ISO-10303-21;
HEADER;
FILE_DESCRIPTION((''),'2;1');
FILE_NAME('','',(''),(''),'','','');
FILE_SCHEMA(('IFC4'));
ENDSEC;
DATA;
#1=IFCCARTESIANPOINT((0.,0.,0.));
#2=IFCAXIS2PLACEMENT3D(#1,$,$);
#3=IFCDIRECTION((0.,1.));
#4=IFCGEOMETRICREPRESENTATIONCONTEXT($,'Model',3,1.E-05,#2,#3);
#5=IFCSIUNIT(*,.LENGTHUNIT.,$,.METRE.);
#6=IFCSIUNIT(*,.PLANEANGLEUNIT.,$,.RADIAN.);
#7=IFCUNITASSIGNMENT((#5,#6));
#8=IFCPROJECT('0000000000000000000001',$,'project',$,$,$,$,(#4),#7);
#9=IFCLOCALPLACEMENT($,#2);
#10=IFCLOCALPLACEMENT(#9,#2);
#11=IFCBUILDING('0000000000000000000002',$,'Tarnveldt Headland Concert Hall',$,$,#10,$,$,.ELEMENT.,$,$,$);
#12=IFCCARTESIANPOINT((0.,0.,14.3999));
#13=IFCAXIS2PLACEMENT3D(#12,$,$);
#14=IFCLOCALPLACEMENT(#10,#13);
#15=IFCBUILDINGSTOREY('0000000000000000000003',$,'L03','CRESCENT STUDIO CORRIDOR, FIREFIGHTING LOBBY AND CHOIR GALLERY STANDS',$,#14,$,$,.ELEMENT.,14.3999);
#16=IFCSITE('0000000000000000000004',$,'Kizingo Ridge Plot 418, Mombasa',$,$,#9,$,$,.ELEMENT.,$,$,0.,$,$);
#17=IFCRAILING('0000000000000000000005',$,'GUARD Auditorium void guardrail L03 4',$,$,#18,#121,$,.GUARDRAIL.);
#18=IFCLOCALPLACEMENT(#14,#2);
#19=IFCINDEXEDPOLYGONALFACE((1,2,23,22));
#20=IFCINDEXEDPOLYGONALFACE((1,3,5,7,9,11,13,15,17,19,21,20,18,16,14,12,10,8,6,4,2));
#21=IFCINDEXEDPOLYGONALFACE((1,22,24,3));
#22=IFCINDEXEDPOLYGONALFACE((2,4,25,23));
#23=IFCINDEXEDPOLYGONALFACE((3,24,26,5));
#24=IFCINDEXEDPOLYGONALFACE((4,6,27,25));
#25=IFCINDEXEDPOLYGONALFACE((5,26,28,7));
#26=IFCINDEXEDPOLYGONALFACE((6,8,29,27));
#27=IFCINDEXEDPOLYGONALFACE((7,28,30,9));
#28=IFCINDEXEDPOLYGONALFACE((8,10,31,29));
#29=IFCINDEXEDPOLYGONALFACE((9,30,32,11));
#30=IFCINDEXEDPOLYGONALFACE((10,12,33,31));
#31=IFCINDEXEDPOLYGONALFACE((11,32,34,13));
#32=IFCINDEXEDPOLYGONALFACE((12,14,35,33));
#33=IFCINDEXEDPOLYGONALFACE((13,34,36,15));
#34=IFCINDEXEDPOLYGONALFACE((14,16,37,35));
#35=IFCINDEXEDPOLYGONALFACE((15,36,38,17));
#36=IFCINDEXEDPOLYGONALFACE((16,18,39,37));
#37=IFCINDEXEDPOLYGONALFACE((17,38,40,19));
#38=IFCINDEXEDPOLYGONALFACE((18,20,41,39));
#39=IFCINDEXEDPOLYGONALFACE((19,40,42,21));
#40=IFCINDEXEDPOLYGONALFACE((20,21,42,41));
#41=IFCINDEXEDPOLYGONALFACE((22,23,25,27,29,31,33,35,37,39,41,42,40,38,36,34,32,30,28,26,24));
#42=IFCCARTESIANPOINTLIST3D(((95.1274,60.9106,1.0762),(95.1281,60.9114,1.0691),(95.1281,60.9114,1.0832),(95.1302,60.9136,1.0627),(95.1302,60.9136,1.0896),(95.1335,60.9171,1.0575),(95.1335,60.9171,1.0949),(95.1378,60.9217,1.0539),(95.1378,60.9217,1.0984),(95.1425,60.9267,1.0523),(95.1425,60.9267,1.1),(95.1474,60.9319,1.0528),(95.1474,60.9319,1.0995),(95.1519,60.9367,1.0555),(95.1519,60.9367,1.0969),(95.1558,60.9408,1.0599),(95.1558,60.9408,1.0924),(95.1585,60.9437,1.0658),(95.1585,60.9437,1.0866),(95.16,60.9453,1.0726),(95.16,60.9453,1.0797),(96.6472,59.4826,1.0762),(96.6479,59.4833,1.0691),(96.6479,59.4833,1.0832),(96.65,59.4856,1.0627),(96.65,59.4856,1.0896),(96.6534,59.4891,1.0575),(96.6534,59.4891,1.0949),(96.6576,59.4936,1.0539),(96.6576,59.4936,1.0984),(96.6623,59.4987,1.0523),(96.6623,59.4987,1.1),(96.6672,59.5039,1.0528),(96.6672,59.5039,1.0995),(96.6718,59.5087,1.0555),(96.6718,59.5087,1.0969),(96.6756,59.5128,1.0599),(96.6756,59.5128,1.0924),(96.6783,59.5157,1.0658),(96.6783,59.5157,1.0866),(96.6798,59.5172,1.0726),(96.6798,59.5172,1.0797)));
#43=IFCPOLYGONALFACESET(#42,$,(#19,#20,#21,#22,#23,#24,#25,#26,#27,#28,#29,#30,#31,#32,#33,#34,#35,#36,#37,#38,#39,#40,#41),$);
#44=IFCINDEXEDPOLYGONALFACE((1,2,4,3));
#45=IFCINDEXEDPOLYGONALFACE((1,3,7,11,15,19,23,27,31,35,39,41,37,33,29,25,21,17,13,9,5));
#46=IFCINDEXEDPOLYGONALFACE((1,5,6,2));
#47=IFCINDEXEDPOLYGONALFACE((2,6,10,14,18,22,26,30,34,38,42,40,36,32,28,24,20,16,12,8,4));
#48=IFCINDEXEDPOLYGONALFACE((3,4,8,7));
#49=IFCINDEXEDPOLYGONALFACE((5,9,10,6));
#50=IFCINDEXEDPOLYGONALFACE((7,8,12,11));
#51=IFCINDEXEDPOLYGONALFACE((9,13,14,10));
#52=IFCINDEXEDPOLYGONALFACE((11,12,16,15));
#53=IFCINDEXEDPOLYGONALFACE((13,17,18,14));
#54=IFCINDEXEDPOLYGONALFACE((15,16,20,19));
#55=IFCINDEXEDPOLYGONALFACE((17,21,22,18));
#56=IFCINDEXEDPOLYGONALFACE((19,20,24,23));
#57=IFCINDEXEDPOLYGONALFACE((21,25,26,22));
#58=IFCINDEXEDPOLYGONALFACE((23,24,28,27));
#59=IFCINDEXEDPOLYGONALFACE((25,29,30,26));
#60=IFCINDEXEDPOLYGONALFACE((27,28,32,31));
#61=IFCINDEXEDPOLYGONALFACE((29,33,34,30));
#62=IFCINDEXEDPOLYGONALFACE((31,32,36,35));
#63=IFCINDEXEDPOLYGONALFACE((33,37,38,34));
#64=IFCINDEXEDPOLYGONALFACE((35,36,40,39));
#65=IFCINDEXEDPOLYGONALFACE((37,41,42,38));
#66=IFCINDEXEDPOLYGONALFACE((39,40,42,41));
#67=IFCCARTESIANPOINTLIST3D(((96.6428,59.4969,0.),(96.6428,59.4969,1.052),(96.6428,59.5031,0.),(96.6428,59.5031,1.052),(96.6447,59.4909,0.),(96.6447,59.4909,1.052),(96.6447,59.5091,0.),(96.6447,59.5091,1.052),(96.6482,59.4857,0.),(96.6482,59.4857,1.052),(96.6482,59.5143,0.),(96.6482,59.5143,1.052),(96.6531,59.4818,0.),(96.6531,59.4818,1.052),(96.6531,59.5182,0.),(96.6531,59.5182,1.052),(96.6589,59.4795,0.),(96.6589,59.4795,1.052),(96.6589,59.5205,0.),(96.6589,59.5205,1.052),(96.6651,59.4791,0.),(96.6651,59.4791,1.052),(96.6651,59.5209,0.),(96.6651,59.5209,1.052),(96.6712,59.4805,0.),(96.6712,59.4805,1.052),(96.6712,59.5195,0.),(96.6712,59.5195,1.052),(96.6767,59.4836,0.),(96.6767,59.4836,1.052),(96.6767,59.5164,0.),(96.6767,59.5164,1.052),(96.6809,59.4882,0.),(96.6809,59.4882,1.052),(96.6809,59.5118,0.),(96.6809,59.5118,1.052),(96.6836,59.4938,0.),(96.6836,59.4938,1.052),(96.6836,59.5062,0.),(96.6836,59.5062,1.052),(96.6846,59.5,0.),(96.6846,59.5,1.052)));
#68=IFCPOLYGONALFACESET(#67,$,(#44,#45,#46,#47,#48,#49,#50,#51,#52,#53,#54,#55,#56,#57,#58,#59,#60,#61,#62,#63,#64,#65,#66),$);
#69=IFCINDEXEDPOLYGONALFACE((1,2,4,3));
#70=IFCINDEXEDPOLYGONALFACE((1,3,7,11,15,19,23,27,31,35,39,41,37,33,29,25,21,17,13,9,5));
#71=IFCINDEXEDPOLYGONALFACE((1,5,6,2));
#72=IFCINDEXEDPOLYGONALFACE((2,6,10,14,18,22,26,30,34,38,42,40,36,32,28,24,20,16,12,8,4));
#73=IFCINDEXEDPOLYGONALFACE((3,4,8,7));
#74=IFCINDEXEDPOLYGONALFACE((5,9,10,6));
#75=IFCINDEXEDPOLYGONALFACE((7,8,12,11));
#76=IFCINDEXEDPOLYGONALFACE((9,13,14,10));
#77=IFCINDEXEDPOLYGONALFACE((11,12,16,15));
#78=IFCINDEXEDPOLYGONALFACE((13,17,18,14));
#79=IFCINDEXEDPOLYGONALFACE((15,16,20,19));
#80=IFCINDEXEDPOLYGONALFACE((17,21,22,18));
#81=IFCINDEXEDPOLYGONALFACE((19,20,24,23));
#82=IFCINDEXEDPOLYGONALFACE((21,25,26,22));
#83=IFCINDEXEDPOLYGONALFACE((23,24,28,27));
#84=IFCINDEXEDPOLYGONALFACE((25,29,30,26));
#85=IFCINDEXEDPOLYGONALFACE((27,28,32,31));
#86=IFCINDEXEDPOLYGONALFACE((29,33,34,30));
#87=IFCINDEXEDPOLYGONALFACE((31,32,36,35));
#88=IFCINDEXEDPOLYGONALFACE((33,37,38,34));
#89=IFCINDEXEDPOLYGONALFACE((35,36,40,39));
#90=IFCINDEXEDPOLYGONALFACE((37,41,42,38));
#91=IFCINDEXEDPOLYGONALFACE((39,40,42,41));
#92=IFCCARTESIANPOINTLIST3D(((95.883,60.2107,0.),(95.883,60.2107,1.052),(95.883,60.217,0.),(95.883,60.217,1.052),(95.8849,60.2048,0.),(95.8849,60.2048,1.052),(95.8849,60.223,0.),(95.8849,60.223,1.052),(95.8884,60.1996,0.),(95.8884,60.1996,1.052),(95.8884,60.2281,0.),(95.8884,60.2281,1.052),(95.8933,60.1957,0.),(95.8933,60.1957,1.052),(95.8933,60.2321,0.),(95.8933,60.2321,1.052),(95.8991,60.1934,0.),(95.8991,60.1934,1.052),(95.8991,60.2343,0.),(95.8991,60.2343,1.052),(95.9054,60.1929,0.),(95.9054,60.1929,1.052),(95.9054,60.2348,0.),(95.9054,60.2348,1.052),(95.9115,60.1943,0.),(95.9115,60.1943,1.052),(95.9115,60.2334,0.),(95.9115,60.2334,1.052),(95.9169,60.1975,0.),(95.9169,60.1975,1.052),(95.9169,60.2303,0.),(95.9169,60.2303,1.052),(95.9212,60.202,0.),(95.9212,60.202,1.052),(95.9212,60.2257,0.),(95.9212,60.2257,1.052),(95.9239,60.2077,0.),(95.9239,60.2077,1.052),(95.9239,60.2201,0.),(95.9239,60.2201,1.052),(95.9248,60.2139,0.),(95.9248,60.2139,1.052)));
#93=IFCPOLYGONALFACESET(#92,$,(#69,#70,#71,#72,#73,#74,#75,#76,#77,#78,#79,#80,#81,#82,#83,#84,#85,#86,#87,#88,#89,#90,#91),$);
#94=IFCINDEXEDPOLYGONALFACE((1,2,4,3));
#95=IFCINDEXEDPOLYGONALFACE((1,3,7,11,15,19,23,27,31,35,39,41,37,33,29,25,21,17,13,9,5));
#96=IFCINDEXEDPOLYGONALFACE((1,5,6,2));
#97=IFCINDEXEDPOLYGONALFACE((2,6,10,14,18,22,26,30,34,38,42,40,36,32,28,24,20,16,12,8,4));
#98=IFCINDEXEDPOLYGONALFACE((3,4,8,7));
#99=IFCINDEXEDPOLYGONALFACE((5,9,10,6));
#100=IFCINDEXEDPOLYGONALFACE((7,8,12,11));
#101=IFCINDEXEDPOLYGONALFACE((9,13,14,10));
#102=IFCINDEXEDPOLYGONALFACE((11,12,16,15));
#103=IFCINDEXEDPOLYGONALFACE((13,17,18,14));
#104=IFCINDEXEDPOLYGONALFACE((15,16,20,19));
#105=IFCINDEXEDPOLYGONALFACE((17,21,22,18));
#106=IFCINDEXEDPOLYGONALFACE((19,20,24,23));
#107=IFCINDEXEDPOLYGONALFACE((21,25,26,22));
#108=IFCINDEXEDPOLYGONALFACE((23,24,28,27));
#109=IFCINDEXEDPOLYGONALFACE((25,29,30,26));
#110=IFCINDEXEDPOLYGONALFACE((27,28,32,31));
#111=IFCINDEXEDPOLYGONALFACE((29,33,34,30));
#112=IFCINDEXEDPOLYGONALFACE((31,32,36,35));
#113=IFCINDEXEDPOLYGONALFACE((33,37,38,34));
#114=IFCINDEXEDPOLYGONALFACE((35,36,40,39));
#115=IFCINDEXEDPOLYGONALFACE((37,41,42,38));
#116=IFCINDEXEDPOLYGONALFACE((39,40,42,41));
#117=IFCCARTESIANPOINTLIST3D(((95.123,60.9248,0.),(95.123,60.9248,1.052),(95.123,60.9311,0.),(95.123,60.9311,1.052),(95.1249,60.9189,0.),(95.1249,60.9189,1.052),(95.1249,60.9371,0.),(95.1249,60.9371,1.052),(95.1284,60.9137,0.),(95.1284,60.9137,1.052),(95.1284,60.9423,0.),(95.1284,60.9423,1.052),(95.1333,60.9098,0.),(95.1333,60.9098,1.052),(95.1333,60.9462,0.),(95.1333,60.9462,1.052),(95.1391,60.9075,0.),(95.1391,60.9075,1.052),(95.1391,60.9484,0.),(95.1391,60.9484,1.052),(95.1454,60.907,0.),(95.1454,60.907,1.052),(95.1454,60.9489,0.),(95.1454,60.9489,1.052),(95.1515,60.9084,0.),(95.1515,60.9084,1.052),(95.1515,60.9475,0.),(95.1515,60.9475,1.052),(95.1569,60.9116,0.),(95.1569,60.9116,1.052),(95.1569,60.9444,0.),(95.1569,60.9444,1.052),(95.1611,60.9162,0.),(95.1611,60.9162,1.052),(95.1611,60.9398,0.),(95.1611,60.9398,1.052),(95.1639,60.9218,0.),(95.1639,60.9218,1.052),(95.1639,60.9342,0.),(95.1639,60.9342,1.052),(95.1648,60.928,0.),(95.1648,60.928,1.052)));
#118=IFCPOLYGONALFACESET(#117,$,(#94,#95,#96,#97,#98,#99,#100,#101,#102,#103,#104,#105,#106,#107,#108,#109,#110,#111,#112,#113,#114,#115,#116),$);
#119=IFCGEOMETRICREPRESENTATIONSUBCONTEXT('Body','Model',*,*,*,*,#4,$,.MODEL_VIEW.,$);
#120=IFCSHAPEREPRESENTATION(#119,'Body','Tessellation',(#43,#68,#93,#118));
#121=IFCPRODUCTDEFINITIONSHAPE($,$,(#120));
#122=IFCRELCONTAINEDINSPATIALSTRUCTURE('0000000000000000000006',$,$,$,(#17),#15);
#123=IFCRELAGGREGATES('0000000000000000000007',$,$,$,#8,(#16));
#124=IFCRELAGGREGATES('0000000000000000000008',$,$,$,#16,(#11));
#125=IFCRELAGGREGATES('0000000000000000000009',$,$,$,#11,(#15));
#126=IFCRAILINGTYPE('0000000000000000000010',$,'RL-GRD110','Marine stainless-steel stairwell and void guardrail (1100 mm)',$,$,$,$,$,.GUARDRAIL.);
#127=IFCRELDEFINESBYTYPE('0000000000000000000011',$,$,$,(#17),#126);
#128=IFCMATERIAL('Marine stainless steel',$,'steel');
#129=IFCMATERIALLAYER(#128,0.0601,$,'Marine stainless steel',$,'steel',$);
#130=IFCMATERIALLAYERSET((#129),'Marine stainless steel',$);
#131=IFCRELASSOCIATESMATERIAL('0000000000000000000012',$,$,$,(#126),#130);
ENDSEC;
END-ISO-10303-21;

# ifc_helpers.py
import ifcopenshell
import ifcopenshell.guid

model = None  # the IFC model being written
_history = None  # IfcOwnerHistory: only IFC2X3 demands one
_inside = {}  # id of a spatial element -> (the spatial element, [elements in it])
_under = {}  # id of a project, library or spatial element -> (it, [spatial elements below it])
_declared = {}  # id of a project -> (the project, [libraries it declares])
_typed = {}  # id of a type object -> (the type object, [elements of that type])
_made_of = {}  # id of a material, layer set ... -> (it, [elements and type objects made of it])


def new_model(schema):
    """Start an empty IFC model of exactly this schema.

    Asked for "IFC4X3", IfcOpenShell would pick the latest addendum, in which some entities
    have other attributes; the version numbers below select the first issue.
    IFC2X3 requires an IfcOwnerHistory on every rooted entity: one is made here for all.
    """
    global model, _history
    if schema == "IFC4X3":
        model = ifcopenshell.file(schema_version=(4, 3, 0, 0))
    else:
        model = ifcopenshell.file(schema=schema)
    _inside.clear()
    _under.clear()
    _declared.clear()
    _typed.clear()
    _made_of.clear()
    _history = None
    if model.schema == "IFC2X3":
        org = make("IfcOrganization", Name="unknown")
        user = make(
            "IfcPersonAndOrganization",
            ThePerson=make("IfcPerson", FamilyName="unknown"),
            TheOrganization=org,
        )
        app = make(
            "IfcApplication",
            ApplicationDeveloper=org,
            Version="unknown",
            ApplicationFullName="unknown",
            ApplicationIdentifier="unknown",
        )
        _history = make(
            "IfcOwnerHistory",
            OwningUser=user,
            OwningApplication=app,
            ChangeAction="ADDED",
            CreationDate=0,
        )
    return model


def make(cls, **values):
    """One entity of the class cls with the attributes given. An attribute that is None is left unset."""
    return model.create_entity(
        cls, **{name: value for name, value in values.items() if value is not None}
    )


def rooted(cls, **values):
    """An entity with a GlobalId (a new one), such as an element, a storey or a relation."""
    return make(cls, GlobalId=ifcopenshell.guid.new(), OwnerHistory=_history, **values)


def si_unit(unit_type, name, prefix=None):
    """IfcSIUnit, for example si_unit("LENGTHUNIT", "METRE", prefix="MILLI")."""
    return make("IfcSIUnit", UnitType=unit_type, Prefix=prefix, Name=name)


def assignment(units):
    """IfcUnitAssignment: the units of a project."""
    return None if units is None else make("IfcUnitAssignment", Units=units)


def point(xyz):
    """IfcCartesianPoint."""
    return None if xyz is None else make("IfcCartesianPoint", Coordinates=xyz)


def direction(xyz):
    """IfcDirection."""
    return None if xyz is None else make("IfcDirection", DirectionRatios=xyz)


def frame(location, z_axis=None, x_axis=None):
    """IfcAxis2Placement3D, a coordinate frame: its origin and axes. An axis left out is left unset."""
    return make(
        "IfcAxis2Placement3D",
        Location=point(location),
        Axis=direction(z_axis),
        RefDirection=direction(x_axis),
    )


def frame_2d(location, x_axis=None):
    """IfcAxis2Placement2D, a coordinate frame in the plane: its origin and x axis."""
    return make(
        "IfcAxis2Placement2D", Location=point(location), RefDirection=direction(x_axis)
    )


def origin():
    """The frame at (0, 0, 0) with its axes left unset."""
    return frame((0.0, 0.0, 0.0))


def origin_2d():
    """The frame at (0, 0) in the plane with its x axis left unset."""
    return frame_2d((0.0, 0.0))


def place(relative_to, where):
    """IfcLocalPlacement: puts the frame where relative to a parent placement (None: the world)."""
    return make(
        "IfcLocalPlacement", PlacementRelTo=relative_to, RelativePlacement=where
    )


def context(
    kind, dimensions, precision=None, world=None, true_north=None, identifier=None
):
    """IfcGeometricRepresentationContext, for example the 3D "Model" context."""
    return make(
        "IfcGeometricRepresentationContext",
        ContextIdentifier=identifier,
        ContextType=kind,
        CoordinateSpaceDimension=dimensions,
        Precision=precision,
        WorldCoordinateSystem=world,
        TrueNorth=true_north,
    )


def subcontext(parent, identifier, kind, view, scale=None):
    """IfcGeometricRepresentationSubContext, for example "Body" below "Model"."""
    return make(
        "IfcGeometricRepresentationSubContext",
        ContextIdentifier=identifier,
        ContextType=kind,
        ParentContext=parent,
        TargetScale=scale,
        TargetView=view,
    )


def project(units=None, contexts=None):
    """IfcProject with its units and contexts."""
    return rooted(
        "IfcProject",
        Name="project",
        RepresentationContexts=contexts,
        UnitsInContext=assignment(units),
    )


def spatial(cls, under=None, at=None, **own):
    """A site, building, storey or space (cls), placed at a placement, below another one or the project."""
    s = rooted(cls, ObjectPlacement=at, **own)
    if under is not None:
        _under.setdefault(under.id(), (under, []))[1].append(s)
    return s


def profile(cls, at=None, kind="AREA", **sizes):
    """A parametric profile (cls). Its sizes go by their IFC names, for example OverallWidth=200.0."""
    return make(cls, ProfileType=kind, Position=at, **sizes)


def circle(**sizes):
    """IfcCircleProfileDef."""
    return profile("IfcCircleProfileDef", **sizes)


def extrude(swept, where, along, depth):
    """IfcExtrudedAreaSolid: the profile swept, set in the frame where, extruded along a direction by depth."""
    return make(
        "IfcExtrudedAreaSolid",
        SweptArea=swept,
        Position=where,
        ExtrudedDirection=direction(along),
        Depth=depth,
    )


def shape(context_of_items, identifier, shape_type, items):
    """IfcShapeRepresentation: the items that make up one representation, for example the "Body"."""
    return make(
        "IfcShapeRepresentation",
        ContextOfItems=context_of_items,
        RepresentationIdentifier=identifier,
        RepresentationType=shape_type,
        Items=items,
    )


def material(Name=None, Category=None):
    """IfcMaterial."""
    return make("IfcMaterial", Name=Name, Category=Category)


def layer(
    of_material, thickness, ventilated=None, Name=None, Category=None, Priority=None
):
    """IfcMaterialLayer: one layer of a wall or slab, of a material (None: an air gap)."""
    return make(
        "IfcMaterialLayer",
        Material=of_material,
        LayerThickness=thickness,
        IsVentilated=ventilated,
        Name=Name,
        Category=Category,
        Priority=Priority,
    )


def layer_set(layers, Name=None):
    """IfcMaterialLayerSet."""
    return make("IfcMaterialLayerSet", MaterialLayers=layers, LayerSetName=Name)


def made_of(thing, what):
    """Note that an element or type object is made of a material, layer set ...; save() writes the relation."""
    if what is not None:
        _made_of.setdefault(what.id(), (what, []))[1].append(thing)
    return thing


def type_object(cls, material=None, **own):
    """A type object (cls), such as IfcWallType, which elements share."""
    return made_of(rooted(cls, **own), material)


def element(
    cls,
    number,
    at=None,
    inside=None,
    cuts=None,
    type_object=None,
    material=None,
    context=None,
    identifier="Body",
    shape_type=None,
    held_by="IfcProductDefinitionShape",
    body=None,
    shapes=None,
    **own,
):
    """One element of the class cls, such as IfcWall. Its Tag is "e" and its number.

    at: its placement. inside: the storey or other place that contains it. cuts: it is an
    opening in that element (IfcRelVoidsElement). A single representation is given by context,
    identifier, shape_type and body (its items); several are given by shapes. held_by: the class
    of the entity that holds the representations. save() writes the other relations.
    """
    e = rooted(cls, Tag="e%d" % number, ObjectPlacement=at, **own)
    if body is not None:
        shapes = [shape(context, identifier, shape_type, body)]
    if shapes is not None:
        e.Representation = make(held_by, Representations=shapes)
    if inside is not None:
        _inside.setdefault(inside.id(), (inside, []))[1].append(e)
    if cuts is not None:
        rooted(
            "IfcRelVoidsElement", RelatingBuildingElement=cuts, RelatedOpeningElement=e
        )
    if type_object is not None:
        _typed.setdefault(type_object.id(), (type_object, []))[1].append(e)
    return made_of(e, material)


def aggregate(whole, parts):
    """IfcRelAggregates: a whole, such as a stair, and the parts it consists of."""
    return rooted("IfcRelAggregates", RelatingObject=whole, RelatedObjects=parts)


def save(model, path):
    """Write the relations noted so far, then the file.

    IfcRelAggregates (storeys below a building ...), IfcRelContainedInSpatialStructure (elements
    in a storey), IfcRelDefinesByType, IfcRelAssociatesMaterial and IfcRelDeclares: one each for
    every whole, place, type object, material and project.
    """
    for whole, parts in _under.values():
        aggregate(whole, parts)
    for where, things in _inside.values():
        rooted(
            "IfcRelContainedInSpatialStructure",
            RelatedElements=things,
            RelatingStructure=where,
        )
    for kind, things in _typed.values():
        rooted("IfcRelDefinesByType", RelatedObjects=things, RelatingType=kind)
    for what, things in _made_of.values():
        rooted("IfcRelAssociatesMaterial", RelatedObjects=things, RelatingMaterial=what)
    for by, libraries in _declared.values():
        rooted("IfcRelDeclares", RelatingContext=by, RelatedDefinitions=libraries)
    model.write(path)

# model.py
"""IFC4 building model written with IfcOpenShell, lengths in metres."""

from ifc_helpers import new_model, si_unit, direction, frame, origin, origin_2d, place, context, subcontext, project, spatial, circle, extrude, material, layer, layer_set, type_object, element, save


model = new_model("IFC4")

# Units and contexts
model_context = context("Model", 3, precision=1e-05, world=origin(), true_north=direction((0.0, 1.0)))
body_context = subcontext(model_context, "Body", "Model", "MODEL_VIEW")
ifc_project = project(units=[si_unit("LENGTHUNIT", "METRE"), si_unit("PLANEANGLEUNIT", "RADIAN")], contexts=[model_context])

# Site, building, storey
site_placement = place(None, origin())
site = spatial("IfcSite", under=ifc_project, at=site_placement, Name="Kizingo Ridge Plot 418, Mombasa", CompositionType="ELEMENT", RefElevation=0.0)
building_placement = place(site_placement, origin())
building = spatial("IfcBuilding", under=site, at=building_placement, Name="Tarnveldt Headland Concert Hall", CompositionType="ELEMENT")
storey_placement = place(building_placement, frame((0.0, 0.0, 14.3999)))
storey = spatial("IfcBuildingStorey", under=building, at=storey_placement, Name="L03", Description="CRESCENT STUDIO CORRIDOR, FIREFIGHTING LOBBY AND CHOIR GALLERY STANDS", CompositionType="ELEMENT", Elevation=14.3999)

# Railing
ifc_material_1 = material(Name="Marine stainless steel", Category="steel")
ifc_layer_1 = layer(ifc_material_1, 0.0601, Name="Marine stainless steel", Category="steel")
ifc_layer_set_1 = layer_set([ifc_layer_1], Name="Marine stainless steel")
railing_type = type_object("IfcRailingType", Name="RL-GRD110", Description="Marine stainless-steel stairwell and void guardrail (1100 mm)", PredefinedType="GUARDRAIL", material=ifc_layer_set_1)
railing_1_placement = place(storey_placement, frame((96.6636, 59.5, 0.0)))
element("IfcRailing", 1, at=railing_1_placement, inside=storey, type_object=railing_type, Name="GUARD Auditorium void guardrail L03 4", PredefinedType="GUARDRAIL", context=body_context, shape_type="SweptSolid", body=[
    extrude(circle(Radius=0.0239, at=origin_2d()), frame((0.0, 0.0, 1.0762), z_axis=(-0.728774, 0.684755, 0.0), x_axis=(-0.684755, -0.728774, 0.0)), (0.0, 0.0, 1.0), 2.0854),
    extrude(circle(Radius=0.021, at=origin_2d()), origin(), (0.0, 0.0, 1.0), 1.052),
    extrude(circle(Radius=0.021, at=origin_2d()), frame((-0.7598, 0.7139, 0.0)), (0.0, 0.0, 1.0), 1.052),
    extrude(circle(Radius=0.021, at=origin_2d()), frame((-1.5198, 1.428, 0.0)), (0.0, 0.0, 1.0), 1.052),
])

save(model, "model.ifc")
